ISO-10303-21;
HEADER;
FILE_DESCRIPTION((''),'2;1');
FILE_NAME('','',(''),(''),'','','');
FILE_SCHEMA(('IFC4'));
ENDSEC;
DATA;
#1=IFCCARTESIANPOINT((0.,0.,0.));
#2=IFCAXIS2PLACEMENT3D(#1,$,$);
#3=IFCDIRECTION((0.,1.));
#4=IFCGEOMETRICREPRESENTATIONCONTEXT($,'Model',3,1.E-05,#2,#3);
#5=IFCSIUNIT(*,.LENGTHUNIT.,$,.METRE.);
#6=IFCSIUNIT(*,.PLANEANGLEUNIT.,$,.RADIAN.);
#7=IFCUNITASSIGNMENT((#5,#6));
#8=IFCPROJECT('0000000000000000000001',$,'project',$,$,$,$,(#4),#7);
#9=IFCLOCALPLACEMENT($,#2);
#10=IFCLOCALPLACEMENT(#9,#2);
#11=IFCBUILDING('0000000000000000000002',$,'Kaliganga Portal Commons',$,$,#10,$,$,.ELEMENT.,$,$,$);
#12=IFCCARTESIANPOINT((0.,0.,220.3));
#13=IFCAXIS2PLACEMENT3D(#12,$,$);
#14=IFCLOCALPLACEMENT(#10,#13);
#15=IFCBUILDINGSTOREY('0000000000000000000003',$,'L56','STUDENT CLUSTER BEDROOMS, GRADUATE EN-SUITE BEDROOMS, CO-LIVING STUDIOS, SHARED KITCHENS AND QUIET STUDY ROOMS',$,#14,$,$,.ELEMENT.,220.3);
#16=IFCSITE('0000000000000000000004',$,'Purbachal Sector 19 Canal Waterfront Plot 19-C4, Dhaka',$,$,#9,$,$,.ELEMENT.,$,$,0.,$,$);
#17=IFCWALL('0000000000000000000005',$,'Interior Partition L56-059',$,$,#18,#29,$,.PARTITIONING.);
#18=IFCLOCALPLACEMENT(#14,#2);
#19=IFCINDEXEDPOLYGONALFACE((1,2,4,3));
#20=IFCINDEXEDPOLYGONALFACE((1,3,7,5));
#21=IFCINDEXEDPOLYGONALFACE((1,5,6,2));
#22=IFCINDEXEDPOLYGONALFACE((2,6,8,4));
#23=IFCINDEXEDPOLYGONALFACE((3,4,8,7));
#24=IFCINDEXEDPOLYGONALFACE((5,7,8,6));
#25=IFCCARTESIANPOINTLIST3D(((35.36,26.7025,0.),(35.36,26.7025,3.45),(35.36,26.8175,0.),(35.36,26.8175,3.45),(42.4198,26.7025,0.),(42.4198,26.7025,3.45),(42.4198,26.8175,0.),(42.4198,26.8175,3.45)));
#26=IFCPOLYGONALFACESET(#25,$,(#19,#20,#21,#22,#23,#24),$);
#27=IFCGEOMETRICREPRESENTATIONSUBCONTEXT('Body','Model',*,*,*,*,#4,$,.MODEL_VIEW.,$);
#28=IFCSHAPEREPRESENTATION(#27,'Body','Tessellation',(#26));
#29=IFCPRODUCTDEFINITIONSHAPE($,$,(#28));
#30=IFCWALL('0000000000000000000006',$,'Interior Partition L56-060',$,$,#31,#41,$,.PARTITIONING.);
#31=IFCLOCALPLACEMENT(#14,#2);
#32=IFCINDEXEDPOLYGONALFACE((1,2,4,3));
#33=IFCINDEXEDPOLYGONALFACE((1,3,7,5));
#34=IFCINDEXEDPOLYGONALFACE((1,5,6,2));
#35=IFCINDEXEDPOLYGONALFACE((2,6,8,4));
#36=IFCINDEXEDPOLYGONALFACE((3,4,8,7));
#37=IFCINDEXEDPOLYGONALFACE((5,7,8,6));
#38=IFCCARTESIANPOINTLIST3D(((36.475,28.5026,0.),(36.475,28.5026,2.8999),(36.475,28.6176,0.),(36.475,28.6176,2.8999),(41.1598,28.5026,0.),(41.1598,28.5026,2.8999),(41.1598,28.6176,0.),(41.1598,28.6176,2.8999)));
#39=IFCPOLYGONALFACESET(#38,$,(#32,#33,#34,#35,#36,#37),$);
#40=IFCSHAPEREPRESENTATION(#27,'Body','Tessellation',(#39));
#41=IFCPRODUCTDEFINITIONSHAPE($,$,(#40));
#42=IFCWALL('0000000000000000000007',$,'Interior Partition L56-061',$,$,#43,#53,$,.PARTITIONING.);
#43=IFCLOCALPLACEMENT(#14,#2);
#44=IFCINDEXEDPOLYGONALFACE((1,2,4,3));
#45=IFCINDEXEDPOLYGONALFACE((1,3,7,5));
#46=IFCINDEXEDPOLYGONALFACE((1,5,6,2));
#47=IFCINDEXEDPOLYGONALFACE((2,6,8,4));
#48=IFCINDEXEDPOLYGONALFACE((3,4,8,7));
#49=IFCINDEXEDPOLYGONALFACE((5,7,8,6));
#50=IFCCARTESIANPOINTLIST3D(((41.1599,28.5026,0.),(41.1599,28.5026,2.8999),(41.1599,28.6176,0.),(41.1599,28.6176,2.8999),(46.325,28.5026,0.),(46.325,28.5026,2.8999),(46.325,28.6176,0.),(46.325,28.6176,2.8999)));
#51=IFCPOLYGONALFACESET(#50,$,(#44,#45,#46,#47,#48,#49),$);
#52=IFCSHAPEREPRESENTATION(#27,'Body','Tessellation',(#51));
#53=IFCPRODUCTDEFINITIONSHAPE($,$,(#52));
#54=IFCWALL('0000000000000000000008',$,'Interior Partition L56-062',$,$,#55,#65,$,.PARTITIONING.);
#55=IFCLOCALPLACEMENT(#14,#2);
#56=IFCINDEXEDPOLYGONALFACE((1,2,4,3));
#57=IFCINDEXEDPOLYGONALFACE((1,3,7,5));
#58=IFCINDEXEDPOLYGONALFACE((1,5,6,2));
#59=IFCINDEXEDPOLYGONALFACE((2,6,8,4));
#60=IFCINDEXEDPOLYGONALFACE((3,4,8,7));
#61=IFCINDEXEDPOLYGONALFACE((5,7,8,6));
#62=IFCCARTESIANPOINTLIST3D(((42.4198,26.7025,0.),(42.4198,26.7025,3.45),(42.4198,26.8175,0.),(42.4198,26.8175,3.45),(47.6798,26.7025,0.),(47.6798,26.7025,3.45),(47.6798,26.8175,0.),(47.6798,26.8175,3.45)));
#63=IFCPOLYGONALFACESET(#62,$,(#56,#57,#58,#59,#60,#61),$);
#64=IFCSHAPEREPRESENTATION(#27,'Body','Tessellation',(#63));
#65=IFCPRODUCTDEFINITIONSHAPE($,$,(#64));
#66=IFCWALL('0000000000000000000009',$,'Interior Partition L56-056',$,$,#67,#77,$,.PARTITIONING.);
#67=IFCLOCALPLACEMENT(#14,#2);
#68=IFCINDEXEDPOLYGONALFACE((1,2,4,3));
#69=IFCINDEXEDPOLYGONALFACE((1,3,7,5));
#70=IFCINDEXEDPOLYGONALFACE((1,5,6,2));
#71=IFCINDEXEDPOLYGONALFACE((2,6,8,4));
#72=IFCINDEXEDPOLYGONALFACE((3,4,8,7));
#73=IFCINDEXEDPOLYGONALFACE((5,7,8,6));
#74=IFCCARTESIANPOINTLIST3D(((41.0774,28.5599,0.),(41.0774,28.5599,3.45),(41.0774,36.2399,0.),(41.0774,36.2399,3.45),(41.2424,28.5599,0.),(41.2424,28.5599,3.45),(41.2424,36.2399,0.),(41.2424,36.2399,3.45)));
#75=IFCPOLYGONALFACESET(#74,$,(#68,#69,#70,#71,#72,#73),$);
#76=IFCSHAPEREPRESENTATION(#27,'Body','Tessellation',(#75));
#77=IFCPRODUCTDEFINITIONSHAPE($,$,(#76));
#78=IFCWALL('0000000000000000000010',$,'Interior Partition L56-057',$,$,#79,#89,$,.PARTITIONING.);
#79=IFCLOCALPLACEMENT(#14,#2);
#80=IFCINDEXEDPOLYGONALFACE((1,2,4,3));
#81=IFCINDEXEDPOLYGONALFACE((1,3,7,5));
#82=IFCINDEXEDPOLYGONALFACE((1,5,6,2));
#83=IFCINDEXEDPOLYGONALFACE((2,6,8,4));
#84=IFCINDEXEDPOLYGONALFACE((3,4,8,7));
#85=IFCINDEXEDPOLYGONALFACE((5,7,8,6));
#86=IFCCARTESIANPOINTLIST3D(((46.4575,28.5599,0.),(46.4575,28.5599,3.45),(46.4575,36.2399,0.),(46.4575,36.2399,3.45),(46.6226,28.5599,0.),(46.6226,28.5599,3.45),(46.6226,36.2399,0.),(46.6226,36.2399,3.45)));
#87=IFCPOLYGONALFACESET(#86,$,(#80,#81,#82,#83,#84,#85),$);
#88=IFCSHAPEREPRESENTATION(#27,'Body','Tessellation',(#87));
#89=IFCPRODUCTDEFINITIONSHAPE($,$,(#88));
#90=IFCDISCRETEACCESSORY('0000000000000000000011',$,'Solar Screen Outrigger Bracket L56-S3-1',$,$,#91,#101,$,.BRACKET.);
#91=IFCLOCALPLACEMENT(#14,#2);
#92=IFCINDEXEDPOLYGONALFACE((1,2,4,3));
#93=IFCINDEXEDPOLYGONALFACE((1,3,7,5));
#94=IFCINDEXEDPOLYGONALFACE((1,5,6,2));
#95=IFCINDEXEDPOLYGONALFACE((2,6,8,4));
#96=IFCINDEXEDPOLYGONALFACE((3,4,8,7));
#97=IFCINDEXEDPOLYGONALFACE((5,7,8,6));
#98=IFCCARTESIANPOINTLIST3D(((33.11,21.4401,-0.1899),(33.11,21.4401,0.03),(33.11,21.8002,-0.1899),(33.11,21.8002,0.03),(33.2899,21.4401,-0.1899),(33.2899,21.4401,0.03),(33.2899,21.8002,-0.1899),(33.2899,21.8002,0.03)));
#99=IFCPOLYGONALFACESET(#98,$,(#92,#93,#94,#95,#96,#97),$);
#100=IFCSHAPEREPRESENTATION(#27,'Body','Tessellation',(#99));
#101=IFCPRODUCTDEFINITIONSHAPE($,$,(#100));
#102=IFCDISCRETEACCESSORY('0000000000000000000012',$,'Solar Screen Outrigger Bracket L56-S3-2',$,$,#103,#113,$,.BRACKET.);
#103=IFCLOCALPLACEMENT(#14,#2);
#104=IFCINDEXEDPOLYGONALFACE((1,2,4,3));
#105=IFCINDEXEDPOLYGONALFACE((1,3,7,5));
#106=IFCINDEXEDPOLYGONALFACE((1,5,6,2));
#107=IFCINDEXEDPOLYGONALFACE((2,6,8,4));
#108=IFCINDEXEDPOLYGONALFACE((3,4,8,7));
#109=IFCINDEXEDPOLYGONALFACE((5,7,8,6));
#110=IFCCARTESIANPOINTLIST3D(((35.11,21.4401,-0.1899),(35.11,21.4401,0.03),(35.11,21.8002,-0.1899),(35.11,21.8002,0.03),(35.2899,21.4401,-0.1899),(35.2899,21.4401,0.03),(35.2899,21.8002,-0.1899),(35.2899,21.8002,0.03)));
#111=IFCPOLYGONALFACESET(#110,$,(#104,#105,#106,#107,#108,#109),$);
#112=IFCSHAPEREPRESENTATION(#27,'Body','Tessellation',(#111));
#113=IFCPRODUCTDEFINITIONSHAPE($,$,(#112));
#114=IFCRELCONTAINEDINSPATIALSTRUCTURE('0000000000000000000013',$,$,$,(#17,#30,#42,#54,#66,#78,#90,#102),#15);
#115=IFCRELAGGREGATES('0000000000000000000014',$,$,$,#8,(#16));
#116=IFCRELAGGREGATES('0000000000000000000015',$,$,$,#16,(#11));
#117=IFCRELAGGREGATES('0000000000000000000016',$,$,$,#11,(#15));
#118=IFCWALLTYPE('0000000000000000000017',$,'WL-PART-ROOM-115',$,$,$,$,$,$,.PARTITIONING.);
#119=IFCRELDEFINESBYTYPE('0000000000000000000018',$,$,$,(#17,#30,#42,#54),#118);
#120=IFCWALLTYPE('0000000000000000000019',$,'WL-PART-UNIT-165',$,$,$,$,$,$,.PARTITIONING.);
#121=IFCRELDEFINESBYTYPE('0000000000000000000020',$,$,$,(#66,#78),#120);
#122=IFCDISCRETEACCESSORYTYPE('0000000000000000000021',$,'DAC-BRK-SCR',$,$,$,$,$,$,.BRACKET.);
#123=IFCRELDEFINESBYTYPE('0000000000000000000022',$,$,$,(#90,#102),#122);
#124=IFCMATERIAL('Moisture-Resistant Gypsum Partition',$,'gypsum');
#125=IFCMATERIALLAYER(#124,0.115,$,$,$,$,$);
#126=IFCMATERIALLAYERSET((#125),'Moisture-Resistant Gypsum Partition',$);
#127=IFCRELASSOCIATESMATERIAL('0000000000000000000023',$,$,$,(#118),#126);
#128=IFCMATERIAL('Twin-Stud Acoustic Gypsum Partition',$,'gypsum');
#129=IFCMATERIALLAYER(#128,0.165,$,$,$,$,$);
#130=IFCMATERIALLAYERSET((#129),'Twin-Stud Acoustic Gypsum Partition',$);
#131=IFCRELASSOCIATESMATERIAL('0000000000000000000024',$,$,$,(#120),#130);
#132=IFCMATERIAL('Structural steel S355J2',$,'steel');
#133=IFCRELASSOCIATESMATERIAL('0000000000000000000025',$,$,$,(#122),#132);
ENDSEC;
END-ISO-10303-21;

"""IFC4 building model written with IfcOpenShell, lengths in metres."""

from ifc_helpers import new_model, si_unit, direction, frame, frame_2d, origin, origin_2d, place, context, subcontext, project, spatial, rectangle, extrude, source, transform, mapped, material, layer, layer_set, type_object, element, save


model = new_model("IFC4")

# Units and contexts
model_context = context("Model", 3, precision=1e-05, world=origin(), true_north=direction((0.0, 1.0)))
body_context = subcontext(model_context, "Body", "Model", "MODEL_VIEW")
ifc_project = project(units=[si_unit("LENGTHUNIT", "METRE"), si_unit("PLANEANGLEUNIT", "RADIAN")], contexts=[model_context])

# Site, building, storey
site_placement = place(None, origin())
site = spatial("IfcSite", under=ifc_project, at=site_placement, Name="Purbachal Sector 19 Canal Waterfront Plot 19-C4, Dhaka", CompositionType="ELEMENT", RefElevation=0.0)
building_placement = place(site_placement, origin())
building = spatial("IfcBuilding", under=site, at=building_placement, Name="Kaliganga Portal Commons", CompositionType="ELEMENT")
storey_placement = place(building_placement, frame((0.0, 0.0, 220.3)))
storey = spatial("IfcBuildingStorey", under=building, at=storey_placement, Name="L56", Description="STUDENT CLUSTER BEDROOMS, GRADUATE EN-SUITE BEDROOMS, CO-LIVING STUDIOS, SHARED KITCHENS AND QUIET STUDY ROOMS", CompositionType="ELEMENT", Elevation=220.3)

# Shared definitions
ifc_material_1 = material(Name="Structural steel S355J2", Category="steel")

# Walls
ifc_material_2 = material(Name="Moisture-Resistant Gypsum Partition", Category="gypsum")
ifc_layer_1 = layer(ifc_material_2, 0.115)
ifc_layer_set_1 = layer_set([ifc_layer_1], Name="Moisture-Resistant Gypsum Partition")
wall_type_1 = type_object("IfcWallType", Name="WL-PART-ROOM-115", PredefinedType="PARTITIONING", material=ifc_layer_set_1)
wall_1_placement = place(storey_placement, frame((35.3601, 26.76, 0.0), z_axis=(0.0, 0.0, 1.0), x_axis=(1.0, 0.0, 0.0)))
element("IfcWall", 1, at=wall_1_placement, inside=storey, type_object=wall_type_1, Name="Interior Partition L56-059", PredefinedType="PARTITIONING", context=body_context, shape_type="SweptSolid", body=[
    extrude(rectangle(XDim=7.0598, YDim=0.115, at=frame_2d((3.5298, 0.0))), origin(), (0.0, 0.0, 1.0), 3.45),
])
wall_2_placement = place(storey_placement, frame((36.4751, 28.5601, 0.0), z_axis=(0.0, 0.0, 1.0), x_axis=(1.0, 0.0, 0.0)))
element("IfcWall", 2, at=wall_2_placement, inside=storey, type_object=wall_type_1, Name="Interior Partition L56-060", PredefinedType="PARTITIONING", context=body_context, shape_type="SweptSolid", body=[
    extrude(rectangle(XDim=4.6848, YDim=0.115, at=frame_2d((2.3423, 0.0))), origin(), (0.0, 0.0, 1.0), 2.8999),
])
wall_3_placement = place(storey_placement, frame((41.1599, 28.5601, 0.0), z_axis=(0.0, 0.0, 1.0), x_axis=(1.0, 0.0, 0.0)))
element("IfcWall", 3, at=wall_3_placement, inside=storey, type_object=wall_type_1, Name="Interior Partition L56-061", PredefinedType="PARTITIONING", context=body_context, shape_type="SweptSolid", body=[
    extrude(rectangle(XDim=5.165, YDim=0.115, at=frame_2d((2.5825, 0.0))), origin(), (0.0, 0.0, 1.0), 2.8999),
])
wall_4_placement = place(storey_placement, frame((42.4199, 26.76, 0.0), z_axis=(0.0, 0.0, 1.0), x_axis=(1.0, 0.0, 0.0)))
element("IfcWall", 4, at=wall_4_placement, inside=storey, type_object=wall_type_1, Name="Interior Partition L56-062", PredefinedType="PARTITIONING", context=body_context, shape_type="SweptSolid", body=[
    extrude(rectangle(XDim=5.26, YDim=0.115, at=frame_2d((2.6299, 0.0))), origin(), (0.0, 0.0, 1.0), 3.45),
])
ifc_material_3 = material(Name="Twin-Stud Acoustic Gypsum Partition", Category="gypsum")
ifc_layer_2 = layer(ifc_material_3, 0.165)
ifc_layer_set_2 = layer_set([ifc_layer_2], Name="Twin-Stud Acoustic Gypsum Partition")
wall_type_2 = type_object("IfcWallType", Name="WL-PART-UNIT-165", PredefinedType="PARTITIONING", material=ifc_layer_set_2)
for number, where, z_axis, x_axis, name in (
    (5, (41.1599, 28.5601, 0.0), (0.0, 0.0, 1.0), (0.0, 1.0, 0.0), "Interior Partition L56-056"),
    (6, (46.54, 28.5601, 0.0), (0.0, 0.0, 1.0), (0.0, 1.0, 0.0), "Interior Partition L56-057"),
):
    element("IfcWall", number, at=place(storey_placement, frame(where, z_axis=z_axis, x_axis=x_axis)), inside=storey, type_object=wall_type_2, Name=name, PredefinedType="PARTITIONING", context=body_context, shape_type="SweptSolid", body=[
        extrude(rectangle(XDim=7.6799, YDim=0.165, at=frame_2d((3.8398, 0.0))), origin(), (0.0, 0.0, 1.0), 3.45),
    ])

# Discrete accessories
discrete_accessory_type = type_object("IfcDiscreteAccessoryType", Name="DAC-BRK-SCR", PredefinedType="BRACKET", material=ifc_material_1)
shared_shape_1 = source(origin(), body_context, "Body", "SweptSolid", [
    extrude(rectangle(XDim=0.1799, YDim=0.3601, at=origin_2d()), origin(), (0.0, 0.0, 1.0), 0.22),
])
for number, where, z_axis, x_axis, name in (
    (7, (33.2, 21.6201, -0.1899), (0.0, 0.0, 1.0), (1.0, 0.0, 0.0), "Solar Screen Outrigger Bracket L56-S3-1"),
    (8, (35.2, 21.6201, -0.1899), (0.0, 0.0, 1.0), (1.0, 0.0, 0.0), "Solar Screen Outrigger Bracket L56-S3-2"),
):
    element("IfcDiscreteAccessory", number, at=place(storey_placement, frame(where, z_axis=z_axis, x_axis=x_axis)), inside=storey, type_object=discrete_accessory_type, Name=name, PredefinedType="BRACKET", context=body_context, shape_type="MappedRepresentation", body=[
        mapped(shared_shape_1, transform((0.0, 0.0, 0.0), x_axis=(1.0, 0.0, 0.0), y_axis=(0.0, 1.0, 0.0), z_axis=(0.0, 0.0, 1.0), scale=1.0)),
    ])

save(model, "model.ifc")
